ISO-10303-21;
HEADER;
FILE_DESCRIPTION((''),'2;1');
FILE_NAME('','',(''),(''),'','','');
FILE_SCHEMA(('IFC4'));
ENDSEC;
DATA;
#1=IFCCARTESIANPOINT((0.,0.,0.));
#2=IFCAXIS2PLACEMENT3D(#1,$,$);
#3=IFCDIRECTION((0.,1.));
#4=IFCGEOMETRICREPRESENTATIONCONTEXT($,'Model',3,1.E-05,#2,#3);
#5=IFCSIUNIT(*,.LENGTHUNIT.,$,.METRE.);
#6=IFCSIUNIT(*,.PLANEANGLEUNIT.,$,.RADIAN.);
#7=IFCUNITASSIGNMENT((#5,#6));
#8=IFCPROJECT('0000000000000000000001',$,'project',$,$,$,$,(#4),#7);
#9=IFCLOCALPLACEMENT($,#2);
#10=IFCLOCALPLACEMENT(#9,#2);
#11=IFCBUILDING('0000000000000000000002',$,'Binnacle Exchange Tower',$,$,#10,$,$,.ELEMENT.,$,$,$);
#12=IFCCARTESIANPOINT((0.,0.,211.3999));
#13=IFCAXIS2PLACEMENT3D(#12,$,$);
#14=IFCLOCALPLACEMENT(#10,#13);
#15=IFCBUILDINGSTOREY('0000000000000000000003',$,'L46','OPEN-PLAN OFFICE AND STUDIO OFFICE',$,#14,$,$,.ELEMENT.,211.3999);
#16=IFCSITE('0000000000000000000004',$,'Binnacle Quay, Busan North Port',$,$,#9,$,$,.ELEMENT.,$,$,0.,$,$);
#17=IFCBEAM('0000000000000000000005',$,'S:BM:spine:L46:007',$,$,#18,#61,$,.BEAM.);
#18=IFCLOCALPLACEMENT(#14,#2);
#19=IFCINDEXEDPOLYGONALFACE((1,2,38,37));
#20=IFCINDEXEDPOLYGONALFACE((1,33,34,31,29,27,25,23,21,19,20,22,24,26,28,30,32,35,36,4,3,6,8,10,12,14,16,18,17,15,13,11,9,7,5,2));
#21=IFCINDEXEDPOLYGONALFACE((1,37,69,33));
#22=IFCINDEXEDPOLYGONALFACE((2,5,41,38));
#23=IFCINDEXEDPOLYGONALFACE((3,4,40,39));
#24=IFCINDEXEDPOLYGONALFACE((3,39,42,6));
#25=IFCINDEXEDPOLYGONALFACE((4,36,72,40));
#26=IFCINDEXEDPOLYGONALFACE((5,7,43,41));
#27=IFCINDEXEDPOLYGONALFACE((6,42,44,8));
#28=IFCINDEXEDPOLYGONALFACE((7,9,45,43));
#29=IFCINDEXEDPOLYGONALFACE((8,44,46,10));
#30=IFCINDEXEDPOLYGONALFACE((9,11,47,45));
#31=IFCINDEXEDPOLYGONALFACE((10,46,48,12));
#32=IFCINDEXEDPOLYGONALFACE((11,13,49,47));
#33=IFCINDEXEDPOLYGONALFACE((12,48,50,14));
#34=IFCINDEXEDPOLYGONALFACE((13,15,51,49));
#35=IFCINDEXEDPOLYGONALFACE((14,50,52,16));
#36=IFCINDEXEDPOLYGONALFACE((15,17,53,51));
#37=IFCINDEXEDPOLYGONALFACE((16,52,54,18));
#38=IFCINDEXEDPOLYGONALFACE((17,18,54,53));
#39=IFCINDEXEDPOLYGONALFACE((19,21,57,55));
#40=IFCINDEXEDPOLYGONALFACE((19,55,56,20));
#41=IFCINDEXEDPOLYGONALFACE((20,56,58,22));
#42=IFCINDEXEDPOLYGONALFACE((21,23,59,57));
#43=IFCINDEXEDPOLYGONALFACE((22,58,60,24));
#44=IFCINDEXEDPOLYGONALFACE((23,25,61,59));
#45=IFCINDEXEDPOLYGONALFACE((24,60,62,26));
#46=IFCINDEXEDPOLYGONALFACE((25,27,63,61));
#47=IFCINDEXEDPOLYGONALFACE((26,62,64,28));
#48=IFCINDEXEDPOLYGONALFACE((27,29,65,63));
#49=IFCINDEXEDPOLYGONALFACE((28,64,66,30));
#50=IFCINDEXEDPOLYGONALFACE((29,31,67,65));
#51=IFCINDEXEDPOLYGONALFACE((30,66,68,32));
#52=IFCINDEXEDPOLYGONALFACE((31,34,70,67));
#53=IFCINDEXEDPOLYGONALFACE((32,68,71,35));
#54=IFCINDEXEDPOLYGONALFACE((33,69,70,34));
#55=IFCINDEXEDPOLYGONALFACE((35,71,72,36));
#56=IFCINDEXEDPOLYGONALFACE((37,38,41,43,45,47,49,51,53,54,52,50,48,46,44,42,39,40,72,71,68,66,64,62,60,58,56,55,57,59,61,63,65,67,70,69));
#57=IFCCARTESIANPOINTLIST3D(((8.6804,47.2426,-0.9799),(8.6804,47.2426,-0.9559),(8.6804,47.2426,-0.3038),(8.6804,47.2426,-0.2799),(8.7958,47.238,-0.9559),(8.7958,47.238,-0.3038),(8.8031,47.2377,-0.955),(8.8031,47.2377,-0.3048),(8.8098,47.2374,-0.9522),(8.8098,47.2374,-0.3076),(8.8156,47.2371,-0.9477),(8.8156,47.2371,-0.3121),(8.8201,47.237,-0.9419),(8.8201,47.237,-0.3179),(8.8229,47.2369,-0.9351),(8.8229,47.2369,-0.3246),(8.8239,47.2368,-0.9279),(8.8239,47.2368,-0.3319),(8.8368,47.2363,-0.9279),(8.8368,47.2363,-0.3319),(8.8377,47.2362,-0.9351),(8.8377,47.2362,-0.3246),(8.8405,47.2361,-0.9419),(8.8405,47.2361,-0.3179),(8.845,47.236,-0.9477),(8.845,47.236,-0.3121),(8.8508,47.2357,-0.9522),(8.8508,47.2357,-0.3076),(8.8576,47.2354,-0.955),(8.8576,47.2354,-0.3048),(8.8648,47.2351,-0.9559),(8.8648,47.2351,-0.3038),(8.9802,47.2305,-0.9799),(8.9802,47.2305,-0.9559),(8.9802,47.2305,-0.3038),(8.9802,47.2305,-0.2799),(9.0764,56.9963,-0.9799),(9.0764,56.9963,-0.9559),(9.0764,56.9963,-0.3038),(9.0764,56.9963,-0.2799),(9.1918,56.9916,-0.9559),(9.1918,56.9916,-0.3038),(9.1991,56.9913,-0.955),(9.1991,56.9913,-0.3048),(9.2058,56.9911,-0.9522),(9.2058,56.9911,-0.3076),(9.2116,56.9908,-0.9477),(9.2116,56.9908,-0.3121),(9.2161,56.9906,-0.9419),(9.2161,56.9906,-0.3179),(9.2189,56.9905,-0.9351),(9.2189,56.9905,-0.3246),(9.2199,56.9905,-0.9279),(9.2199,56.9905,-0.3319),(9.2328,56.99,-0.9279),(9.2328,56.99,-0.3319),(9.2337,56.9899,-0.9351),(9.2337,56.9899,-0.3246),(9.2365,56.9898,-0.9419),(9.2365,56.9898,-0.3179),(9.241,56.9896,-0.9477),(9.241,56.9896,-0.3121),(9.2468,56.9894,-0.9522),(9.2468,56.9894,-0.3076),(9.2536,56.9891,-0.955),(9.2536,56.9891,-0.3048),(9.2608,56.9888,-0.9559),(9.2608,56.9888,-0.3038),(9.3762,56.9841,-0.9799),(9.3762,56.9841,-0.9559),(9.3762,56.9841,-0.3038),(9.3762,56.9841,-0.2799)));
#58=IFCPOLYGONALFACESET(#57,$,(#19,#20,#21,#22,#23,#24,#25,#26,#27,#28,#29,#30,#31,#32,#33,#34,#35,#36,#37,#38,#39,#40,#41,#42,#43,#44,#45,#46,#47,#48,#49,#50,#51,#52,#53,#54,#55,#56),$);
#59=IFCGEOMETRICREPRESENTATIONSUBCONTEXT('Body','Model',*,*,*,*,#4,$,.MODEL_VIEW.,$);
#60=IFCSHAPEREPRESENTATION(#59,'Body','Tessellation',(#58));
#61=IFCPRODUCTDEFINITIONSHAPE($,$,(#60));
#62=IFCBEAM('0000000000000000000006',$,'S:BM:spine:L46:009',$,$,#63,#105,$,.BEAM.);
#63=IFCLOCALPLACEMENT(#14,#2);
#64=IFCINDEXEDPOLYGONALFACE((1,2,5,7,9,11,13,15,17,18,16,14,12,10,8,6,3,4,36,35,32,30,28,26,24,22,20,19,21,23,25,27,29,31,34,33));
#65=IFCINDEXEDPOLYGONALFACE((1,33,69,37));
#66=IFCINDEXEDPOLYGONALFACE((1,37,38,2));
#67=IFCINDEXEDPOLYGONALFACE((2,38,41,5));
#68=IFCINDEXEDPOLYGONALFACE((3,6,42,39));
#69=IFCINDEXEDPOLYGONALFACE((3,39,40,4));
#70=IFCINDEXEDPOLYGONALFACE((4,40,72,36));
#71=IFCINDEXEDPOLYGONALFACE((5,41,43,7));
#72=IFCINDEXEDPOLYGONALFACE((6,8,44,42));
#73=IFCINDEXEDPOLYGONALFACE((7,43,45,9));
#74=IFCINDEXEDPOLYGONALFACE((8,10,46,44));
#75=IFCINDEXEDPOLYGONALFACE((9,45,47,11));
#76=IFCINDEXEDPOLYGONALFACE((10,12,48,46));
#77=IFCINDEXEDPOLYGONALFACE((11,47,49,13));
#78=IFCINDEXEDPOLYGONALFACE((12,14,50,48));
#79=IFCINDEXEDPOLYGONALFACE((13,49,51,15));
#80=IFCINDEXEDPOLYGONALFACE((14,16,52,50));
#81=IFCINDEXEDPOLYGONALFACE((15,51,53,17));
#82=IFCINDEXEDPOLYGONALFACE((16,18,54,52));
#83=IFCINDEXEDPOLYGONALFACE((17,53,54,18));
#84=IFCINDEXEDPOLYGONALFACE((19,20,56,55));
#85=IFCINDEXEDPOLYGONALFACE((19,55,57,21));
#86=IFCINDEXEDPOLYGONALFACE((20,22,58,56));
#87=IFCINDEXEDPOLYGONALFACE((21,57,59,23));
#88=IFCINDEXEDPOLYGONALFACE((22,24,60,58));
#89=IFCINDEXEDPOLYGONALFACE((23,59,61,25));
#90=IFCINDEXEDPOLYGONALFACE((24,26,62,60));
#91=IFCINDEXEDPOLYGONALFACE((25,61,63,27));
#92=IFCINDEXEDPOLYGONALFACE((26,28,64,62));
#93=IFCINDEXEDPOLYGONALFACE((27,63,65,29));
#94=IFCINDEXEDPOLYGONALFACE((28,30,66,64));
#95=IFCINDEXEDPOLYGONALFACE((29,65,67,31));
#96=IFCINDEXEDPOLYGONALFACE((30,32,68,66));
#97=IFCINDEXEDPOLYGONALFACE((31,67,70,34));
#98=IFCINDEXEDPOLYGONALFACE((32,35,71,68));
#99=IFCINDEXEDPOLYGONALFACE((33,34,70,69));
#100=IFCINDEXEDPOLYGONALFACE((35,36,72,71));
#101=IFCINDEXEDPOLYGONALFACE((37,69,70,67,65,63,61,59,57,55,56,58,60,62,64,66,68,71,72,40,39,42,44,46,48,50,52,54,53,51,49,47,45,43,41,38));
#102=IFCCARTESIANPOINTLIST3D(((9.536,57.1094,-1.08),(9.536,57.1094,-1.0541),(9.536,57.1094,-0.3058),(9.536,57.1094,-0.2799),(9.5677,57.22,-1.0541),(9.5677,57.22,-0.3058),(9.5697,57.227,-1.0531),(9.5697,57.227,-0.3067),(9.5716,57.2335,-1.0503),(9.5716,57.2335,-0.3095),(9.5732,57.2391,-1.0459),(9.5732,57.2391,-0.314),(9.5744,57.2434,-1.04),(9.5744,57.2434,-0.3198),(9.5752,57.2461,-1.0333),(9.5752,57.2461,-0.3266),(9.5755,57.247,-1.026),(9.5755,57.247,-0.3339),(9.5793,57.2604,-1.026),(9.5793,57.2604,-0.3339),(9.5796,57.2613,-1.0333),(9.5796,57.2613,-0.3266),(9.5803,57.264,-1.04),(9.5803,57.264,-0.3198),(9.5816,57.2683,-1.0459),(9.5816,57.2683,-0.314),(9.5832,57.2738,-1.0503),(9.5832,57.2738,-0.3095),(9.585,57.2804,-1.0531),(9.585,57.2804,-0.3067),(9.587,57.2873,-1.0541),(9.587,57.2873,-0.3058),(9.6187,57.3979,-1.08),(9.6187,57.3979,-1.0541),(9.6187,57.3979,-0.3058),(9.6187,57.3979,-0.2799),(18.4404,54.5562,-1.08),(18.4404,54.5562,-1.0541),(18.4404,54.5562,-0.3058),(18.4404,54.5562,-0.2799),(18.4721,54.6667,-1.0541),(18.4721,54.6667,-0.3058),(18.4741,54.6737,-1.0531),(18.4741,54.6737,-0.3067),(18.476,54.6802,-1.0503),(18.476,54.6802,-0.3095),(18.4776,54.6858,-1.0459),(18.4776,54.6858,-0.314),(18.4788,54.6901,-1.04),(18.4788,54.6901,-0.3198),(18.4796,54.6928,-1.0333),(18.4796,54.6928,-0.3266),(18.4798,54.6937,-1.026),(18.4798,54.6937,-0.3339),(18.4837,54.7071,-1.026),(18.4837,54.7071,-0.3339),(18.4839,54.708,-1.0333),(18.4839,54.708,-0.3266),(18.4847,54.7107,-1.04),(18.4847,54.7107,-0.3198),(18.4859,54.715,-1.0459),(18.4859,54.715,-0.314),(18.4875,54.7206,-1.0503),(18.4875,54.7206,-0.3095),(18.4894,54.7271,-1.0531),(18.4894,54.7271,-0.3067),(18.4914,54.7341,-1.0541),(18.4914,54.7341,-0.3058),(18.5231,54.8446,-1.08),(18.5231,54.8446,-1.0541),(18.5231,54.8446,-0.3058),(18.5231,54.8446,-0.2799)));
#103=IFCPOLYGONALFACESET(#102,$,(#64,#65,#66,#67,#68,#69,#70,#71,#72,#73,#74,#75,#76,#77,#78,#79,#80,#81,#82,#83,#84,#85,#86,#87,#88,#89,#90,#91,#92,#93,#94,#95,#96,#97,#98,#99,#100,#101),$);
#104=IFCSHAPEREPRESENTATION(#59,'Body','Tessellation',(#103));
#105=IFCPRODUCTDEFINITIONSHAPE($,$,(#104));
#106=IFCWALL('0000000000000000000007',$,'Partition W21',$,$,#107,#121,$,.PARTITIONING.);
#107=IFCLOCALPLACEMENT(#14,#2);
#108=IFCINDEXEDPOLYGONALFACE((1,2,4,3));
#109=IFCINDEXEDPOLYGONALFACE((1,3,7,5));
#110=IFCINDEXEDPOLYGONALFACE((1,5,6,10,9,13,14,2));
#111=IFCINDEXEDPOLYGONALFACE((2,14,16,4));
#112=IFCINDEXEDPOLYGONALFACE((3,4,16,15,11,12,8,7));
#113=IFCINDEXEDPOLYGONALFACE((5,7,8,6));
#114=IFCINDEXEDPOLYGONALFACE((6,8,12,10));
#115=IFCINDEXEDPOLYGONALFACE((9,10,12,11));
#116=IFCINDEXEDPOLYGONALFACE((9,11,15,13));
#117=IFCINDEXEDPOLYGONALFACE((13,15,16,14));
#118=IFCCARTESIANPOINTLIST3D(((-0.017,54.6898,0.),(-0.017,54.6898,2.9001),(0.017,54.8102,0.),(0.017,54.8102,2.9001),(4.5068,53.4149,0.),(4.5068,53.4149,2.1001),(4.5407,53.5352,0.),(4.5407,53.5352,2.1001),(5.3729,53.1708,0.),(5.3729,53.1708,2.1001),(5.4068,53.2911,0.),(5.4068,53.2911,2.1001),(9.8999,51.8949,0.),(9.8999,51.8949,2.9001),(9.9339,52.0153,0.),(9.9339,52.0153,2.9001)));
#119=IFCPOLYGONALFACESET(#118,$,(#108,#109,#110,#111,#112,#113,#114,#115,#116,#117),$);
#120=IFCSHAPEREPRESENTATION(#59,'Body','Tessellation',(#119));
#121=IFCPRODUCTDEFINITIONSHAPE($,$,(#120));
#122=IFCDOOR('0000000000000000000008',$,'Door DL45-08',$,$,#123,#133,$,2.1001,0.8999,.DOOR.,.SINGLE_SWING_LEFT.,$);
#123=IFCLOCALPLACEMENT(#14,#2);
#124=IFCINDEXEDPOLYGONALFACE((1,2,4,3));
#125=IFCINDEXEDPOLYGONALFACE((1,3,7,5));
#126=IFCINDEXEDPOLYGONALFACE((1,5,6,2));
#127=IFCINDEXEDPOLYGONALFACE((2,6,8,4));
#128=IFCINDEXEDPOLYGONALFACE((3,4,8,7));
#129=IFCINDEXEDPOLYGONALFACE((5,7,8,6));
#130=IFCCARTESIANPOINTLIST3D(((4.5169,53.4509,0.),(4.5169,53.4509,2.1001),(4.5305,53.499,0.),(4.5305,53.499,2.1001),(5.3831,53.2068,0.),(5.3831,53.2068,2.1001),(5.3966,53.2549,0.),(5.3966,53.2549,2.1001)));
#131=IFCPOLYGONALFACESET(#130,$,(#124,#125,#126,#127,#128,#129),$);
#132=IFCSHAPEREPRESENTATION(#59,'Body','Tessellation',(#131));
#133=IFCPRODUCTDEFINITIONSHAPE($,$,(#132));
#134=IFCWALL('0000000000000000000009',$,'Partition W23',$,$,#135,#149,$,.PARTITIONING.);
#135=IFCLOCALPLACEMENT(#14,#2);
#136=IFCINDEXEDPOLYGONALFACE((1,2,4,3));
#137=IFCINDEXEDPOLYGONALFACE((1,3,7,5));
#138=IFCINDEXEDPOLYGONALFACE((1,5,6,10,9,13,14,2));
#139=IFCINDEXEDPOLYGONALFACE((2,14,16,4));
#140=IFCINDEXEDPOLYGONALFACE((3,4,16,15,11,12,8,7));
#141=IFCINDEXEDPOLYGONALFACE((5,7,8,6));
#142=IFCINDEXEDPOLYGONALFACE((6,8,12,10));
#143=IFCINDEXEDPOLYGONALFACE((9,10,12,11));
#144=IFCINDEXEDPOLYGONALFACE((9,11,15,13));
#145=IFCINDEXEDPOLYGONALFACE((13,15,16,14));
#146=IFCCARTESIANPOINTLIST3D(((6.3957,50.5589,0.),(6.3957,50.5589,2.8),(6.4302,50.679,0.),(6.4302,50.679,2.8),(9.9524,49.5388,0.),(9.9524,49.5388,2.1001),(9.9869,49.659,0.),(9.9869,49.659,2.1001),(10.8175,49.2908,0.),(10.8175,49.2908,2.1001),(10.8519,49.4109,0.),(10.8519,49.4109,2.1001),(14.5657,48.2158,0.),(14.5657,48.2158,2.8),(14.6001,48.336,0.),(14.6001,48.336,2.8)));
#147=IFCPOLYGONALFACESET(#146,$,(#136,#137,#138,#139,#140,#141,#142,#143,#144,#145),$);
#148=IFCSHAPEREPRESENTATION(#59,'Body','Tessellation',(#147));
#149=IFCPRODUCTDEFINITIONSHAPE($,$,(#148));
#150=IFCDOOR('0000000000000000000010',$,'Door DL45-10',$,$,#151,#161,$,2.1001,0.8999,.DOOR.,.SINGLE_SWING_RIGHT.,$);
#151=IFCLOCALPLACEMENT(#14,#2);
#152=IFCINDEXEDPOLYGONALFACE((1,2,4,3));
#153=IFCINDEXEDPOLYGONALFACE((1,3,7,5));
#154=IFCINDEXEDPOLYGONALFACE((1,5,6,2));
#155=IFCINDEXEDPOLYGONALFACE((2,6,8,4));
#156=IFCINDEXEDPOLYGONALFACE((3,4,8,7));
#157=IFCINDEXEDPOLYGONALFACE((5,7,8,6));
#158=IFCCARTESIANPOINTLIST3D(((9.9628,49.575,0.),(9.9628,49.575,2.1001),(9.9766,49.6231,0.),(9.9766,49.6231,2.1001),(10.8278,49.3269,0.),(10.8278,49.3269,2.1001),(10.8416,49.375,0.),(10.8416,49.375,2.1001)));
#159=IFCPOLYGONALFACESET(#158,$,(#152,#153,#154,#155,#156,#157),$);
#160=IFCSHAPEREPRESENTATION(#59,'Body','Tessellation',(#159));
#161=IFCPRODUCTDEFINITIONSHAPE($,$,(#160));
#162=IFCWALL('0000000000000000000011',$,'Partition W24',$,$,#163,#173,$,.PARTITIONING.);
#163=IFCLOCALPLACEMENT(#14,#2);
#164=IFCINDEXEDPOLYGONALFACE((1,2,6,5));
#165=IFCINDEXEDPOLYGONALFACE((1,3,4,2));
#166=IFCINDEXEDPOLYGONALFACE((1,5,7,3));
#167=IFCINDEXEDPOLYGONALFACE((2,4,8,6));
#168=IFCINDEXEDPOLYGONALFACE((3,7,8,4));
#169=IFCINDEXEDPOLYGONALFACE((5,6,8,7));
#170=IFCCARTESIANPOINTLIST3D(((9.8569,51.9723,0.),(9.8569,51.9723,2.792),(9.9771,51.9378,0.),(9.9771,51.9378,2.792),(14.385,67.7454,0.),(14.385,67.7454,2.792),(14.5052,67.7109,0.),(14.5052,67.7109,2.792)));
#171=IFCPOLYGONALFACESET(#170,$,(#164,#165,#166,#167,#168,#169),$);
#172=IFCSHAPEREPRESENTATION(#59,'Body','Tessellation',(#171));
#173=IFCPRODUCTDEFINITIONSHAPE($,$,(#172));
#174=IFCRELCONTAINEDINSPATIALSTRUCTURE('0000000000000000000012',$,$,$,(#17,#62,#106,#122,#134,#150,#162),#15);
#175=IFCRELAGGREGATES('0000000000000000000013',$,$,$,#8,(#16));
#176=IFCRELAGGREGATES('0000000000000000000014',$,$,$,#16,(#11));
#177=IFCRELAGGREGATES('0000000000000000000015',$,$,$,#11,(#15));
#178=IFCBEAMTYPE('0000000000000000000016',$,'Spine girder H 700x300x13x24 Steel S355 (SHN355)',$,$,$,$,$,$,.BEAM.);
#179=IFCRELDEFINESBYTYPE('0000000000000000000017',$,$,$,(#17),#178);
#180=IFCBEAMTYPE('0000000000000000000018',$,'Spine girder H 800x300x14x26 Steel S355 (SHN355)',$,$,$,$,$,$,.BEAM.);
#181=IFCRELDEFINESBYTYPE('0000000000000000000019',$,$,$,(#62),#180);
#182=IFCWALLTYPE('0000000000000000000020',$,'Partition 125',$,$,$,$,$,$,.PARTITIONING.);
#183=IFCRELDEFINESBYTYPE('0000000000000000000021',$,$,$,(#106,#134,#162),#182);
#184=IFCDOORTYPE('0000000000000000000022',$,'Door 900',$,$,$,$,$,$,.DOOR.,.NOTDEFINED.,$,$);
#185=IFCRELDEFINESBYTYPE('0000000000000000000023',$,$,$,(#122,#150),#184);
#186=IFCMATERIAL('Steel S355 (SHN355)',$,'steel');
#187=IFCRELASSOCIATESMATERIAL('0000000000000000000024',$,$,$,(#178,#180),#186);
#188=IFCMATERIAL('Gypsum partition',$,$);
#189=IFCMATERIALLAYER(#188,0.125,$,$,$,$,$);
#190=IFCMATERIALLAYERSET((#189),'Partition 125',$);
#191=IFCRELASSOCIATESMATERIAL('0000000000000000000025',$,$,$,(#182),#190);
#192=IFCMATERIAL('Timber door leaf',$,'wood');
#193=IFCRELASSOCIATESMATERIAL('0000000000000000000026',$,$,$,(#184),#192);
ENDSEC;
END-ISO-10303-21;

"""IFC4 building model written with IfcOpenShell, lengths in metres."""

from ifc_helpers import new_model, si_unit, direction, frame, frame_2d, origin, origin_2d, place, context, subcontext, project, spatial, rectangle, i_section, extrude, material, layer, layer_set, material_profile, profile_set, type_object, element, fill, save


model = new_model("IFC4")

# Units and contexts
model_context = context("Model", 3, precision=1e-05, world=origin(), true_north=direction((0.0, 1.0)))
body_context = subcontext(model_context, "Body", "Model", "MODEL_VIEW")
ifc_project = project(units=[si_unit("LENGTHUNIT", "METRE"), si_unit("PLANEANGLEUNIT", "RADIAN")], contexts=[model_context])

# Site, building, storey
site_placement = place(None, origin())
site = spatial("IfcSite", under=ifc_project, at=site_placement, Name="Binnacle Quay, Busan North Port", CompositionType="ELEMENT", RefElevation=0.0)
building_placement = place(site_placement, origin())
building = spatial("IfcBuilding", under=site, at=building_placement, Name="Binnacle Exchange Tower", CompositionType="ELEMENT")
storey_placement = place(building_placement, frame((0.0, 0.0, 211.3999)))
storey = spatial("IfcBuildingStorey", under=building, at=storey_placement, Name="L46", Description="OPEN-PLAN OFFICE AND STUDIO OFFICE", CompositionType="ELEMENT", Elevation=211.3999)

# Beams
ifc_material_1 = material(Name="Steel S355 (SHN355)", Category="steel")
ifc_material_profile_1 = material_profile(ifc_material_1, i_section(OverallWidth=0.3, OverallDepth=0.7, WebThickness=0.0129, FlangeThickness=0.0239, FilletRadius=0.0281, at=origin_2d()), Name="H 700x300x13x24")
ifc_profile_set_1 = profile_set([ifc_material_profile_1], Name="Steel S355 (SHN355)")
beam_type_1 = type_object("IfcBeamType", Name="Spine girder H 700x300x13x24 Steel S355 (SHN355)", PredefinedType="BEAM", material=ifc_profile_set_1)
beam_1_placement = place(storey_placement, frame((9.2263, 56.9902, -0.6299), z_axis=(-0.040566, -0.999177, 0.0), x_axis=(0.999177, -0.040566, 0.0)))
element("IfcBeam", 1, at=beam_1_placement, inside=storey, type_object=beam_type_1, Name="S:BM:spine:L46:007", PredefinedType="BEAM", context=body_context, shape_type="SweptSolid", body=[
    extrude(i_section(OverallWidth=0.3, OverallDepth=0.7, WebThickness=0.0129, FlangeThickness=0.0239, FilletRadius=0.0281, at=origin_2d()), origin(), (0.0, 0.0, 1.0), 9.7617),
])
ifc_material_profile_2 = material_profile(ifc_material_1, i_section(OverallWidth=0.3, OverallDepth=0.8, WebThickness=0.0139, FlangeThickness=0.0259, FilletRadius=0.0281, at=origin_2d()), Name="H 800x300x14x26")
ifc_profile_set_2 = profile_set([ifc_material_profile_2], Name="Steel S355 (SHN355)")
beam_type_2 = type_object("IfcBeamType", Name="Spine girder H 800x300x14x26 Steel S355 (SHN355)", PredefinedType="BEAM", material=ifc_profile_set_2)
beam_2_placement = place(storey_placement, frame((9.5774, 57.2537, -0.6799), z_axis=(0.961263, -0.275633, 0.0), x_axis=(0.275633, 0.961263, 0.0)))
element("IfcBeam", 2, at=beam_2_placement, inside=storey, type_object=beam_type_2, Name="S:BM:spine:L46:009", PredefinedType="BEAM", context=body_context, shape_type="SweptSolid", body=[
    extrude(i_section(OverallWidth=0.3, OverallDepth=0.8, WebThickness=0.0139, FlangeThickness=0.0259, FilletRadius=0.0281, at=origin_2d()), origin(), (0.0, 0.0, 1.0), 9.2632),
])

# Walls, openings, doors
ifc_material_2 = material(Name="Gypsum partition")
ifc_layer = layer(ifc_material_2, 0.125)
ifc_layer_set = layer_set([ifc_layer], Name="Partition 125")
wall_type = type_object("IfcWallType", Name="Partition 125", PredefinedType="PARTITIONING", material=ifc_layer_set)
wall_1_placement = place(storey_placement, frame((0.0, 54.75, 0.0), z_axis=(0.0, 0.0, 1.0), x_axis=(0.962505, -0.271264, 0.0)))
wall_1 = element("IfcWall", 3, at=wall_1_placement, inside=storey, type_object=wall_type, Name="Partition W21", PredefinedType="PARTITIONING", context=body_context, shape_type="SweptSolid", body=[
    extrude(rectangle(XDim=10.3032, YDim=0.125, at=frame_2d((5.1516, 0.0))), origin(), (0.0, 0.0, 1.0), 2.9001),
])
opening_1_placement = place(wall_1_placement, frame((4.7, 0.0, 0.0)))
opening_1 = element("IfcOpeningElement", 4, at=opening_1_placement, cuts=wall_1, PredefinedType="OPENING", context=body_context, shape_type="SweptSolid", body=[
    extrude(rectangle(XDim=0.8999, YDim=2.1001, at=frame_2d((0.45, 1.05))), frame((0.0, 0.0725, 0.0), z_axis=(0.0, -1.0, 0.0), x_axis=(1.0, 0.0, 0.0)), (0.0, 0.0, 1.0), 0.145),
])
ifc_material_3 = material(Name="Timber door leaf", Category="wood")
door_type = type_object("IfcDoorType", Name="Door 900", OperationType="NOTDEFINED", PredefinedType="DOOR", material=ifc_material_3)
door_1_placement = place(opening_1_placement, origin())
door_1 = element("IfcDoor", 5, at=door_1_placement, inside=storey, type_object=door_type, Name="Door DL45-08", OperationType="SINGLE_SWING_LEFT", OverallHeight=2.1001, OverallWidth=0.8999, PredefinedType="DOOR", context=body_context, shape_type="SweptSolid", body=[
    extrude(rectangle(XDim=0.8999, YDim=2.1001, at=frame_2d((0.45, 1.05))), frame((0.0, 0.0249, 0.0), z_axis=(0.0, -1.0, 0.0), x_axis=(1.0, 0.0, 0.0)), (0.0, 0.0, 1.0), 0.05),
])
fill(opening_1, door_1)
wall_2_placement = place(storey_placement, frame((6.4131, 50.6189, 0.0), z_axis=(0.0, 0.0, 1.0), x_axis=(0.961251, -0.275673, 0.0)))
wall_2 = element("IfcWall", 6, at=wall_2_placement, inside=storey, type_object=wall_type, Name="Partition W23", PredefinedType="PARTITIONING", context=body_context, shape_type="SweptSolid", body=[
    extrude(rectangle(XDim=8.4993, YDim=0.125, at=frame_2d((4.2495, 0.0))), origin(), (0.0, 0.0, 1.0), 2.8),
])
opening_2_placement = place(wall_2_placement, frame((3.7, 0.0, 0.0)))
opening_2 = element("IfcOpeningElement", 7, at=opening_2_placement, cuts=wall_2, PredefinedType="OPENING", context=body_context, shape_type="SweptSolid", body=[
    extrude(rectangle(XDim=0.8999, YDim=2.1001, at=frame_2d((0.45, 1.05))), frame((0.0, 0.0725, 0.0), z_axis=(0.0, -1.0, 0.0), x_axis=(1.0, 0.0, 0.0)), (0.0, 0.0, 1.0), 0.145),
])
door_2_placement = place(opening_2_placement, frame((0.8999, 0.0, 0.0), z_axis=(0.0, 0.0, 1.0), x_axis=(-1.0, 0.0, 0.0)))
door_2 = element("IfcDoor", 8, at=door_2_placement, inside=storey, type_object=door_type, Name="Door DL45-10", OperationType="SINGLE_SWING_RIGHT", OverallHeight=2.1001, OverallWidth=0.8999, PredefinedType="DOOR", context=body_context, shape_type="SweptSolid", body=[
    extrude(rectangle(XDim=0.8999, YDim=2.1001, at=frame_2d((0.45, 1.05))), frame((0.0, 0.0249, 0.0), z_axis=(0.0, -1.0, 0.0), x_axis=(1.0, 0.0, 0.0)), (0.0, 0.0, 1.0), 0.05),
])
fill(opening_2, door_2)

# Wall
wall_3_placement = place(storey_placement, frame((9.917, 51.9551, 0.0), z_axis=(0.0, 0.0, 1.0), x_axis=(0.275933, 0.961177, 0.0)))
element("IfcWall", 9, at=wall_3_placement, inside=storey, type_object=wall_type, Name="Partition W24", PredefinedType="PARTITIONING", context=body_context, shape_type="SweptSolid", body=[
    extrude(rectangle(XDim=16.4102, YDim=0.125, at=frame_2d((8.2051, 0.0))), origin(), (0.0, 0.0, 1.0), 2.792),
])

save(model, "model.ifc")
